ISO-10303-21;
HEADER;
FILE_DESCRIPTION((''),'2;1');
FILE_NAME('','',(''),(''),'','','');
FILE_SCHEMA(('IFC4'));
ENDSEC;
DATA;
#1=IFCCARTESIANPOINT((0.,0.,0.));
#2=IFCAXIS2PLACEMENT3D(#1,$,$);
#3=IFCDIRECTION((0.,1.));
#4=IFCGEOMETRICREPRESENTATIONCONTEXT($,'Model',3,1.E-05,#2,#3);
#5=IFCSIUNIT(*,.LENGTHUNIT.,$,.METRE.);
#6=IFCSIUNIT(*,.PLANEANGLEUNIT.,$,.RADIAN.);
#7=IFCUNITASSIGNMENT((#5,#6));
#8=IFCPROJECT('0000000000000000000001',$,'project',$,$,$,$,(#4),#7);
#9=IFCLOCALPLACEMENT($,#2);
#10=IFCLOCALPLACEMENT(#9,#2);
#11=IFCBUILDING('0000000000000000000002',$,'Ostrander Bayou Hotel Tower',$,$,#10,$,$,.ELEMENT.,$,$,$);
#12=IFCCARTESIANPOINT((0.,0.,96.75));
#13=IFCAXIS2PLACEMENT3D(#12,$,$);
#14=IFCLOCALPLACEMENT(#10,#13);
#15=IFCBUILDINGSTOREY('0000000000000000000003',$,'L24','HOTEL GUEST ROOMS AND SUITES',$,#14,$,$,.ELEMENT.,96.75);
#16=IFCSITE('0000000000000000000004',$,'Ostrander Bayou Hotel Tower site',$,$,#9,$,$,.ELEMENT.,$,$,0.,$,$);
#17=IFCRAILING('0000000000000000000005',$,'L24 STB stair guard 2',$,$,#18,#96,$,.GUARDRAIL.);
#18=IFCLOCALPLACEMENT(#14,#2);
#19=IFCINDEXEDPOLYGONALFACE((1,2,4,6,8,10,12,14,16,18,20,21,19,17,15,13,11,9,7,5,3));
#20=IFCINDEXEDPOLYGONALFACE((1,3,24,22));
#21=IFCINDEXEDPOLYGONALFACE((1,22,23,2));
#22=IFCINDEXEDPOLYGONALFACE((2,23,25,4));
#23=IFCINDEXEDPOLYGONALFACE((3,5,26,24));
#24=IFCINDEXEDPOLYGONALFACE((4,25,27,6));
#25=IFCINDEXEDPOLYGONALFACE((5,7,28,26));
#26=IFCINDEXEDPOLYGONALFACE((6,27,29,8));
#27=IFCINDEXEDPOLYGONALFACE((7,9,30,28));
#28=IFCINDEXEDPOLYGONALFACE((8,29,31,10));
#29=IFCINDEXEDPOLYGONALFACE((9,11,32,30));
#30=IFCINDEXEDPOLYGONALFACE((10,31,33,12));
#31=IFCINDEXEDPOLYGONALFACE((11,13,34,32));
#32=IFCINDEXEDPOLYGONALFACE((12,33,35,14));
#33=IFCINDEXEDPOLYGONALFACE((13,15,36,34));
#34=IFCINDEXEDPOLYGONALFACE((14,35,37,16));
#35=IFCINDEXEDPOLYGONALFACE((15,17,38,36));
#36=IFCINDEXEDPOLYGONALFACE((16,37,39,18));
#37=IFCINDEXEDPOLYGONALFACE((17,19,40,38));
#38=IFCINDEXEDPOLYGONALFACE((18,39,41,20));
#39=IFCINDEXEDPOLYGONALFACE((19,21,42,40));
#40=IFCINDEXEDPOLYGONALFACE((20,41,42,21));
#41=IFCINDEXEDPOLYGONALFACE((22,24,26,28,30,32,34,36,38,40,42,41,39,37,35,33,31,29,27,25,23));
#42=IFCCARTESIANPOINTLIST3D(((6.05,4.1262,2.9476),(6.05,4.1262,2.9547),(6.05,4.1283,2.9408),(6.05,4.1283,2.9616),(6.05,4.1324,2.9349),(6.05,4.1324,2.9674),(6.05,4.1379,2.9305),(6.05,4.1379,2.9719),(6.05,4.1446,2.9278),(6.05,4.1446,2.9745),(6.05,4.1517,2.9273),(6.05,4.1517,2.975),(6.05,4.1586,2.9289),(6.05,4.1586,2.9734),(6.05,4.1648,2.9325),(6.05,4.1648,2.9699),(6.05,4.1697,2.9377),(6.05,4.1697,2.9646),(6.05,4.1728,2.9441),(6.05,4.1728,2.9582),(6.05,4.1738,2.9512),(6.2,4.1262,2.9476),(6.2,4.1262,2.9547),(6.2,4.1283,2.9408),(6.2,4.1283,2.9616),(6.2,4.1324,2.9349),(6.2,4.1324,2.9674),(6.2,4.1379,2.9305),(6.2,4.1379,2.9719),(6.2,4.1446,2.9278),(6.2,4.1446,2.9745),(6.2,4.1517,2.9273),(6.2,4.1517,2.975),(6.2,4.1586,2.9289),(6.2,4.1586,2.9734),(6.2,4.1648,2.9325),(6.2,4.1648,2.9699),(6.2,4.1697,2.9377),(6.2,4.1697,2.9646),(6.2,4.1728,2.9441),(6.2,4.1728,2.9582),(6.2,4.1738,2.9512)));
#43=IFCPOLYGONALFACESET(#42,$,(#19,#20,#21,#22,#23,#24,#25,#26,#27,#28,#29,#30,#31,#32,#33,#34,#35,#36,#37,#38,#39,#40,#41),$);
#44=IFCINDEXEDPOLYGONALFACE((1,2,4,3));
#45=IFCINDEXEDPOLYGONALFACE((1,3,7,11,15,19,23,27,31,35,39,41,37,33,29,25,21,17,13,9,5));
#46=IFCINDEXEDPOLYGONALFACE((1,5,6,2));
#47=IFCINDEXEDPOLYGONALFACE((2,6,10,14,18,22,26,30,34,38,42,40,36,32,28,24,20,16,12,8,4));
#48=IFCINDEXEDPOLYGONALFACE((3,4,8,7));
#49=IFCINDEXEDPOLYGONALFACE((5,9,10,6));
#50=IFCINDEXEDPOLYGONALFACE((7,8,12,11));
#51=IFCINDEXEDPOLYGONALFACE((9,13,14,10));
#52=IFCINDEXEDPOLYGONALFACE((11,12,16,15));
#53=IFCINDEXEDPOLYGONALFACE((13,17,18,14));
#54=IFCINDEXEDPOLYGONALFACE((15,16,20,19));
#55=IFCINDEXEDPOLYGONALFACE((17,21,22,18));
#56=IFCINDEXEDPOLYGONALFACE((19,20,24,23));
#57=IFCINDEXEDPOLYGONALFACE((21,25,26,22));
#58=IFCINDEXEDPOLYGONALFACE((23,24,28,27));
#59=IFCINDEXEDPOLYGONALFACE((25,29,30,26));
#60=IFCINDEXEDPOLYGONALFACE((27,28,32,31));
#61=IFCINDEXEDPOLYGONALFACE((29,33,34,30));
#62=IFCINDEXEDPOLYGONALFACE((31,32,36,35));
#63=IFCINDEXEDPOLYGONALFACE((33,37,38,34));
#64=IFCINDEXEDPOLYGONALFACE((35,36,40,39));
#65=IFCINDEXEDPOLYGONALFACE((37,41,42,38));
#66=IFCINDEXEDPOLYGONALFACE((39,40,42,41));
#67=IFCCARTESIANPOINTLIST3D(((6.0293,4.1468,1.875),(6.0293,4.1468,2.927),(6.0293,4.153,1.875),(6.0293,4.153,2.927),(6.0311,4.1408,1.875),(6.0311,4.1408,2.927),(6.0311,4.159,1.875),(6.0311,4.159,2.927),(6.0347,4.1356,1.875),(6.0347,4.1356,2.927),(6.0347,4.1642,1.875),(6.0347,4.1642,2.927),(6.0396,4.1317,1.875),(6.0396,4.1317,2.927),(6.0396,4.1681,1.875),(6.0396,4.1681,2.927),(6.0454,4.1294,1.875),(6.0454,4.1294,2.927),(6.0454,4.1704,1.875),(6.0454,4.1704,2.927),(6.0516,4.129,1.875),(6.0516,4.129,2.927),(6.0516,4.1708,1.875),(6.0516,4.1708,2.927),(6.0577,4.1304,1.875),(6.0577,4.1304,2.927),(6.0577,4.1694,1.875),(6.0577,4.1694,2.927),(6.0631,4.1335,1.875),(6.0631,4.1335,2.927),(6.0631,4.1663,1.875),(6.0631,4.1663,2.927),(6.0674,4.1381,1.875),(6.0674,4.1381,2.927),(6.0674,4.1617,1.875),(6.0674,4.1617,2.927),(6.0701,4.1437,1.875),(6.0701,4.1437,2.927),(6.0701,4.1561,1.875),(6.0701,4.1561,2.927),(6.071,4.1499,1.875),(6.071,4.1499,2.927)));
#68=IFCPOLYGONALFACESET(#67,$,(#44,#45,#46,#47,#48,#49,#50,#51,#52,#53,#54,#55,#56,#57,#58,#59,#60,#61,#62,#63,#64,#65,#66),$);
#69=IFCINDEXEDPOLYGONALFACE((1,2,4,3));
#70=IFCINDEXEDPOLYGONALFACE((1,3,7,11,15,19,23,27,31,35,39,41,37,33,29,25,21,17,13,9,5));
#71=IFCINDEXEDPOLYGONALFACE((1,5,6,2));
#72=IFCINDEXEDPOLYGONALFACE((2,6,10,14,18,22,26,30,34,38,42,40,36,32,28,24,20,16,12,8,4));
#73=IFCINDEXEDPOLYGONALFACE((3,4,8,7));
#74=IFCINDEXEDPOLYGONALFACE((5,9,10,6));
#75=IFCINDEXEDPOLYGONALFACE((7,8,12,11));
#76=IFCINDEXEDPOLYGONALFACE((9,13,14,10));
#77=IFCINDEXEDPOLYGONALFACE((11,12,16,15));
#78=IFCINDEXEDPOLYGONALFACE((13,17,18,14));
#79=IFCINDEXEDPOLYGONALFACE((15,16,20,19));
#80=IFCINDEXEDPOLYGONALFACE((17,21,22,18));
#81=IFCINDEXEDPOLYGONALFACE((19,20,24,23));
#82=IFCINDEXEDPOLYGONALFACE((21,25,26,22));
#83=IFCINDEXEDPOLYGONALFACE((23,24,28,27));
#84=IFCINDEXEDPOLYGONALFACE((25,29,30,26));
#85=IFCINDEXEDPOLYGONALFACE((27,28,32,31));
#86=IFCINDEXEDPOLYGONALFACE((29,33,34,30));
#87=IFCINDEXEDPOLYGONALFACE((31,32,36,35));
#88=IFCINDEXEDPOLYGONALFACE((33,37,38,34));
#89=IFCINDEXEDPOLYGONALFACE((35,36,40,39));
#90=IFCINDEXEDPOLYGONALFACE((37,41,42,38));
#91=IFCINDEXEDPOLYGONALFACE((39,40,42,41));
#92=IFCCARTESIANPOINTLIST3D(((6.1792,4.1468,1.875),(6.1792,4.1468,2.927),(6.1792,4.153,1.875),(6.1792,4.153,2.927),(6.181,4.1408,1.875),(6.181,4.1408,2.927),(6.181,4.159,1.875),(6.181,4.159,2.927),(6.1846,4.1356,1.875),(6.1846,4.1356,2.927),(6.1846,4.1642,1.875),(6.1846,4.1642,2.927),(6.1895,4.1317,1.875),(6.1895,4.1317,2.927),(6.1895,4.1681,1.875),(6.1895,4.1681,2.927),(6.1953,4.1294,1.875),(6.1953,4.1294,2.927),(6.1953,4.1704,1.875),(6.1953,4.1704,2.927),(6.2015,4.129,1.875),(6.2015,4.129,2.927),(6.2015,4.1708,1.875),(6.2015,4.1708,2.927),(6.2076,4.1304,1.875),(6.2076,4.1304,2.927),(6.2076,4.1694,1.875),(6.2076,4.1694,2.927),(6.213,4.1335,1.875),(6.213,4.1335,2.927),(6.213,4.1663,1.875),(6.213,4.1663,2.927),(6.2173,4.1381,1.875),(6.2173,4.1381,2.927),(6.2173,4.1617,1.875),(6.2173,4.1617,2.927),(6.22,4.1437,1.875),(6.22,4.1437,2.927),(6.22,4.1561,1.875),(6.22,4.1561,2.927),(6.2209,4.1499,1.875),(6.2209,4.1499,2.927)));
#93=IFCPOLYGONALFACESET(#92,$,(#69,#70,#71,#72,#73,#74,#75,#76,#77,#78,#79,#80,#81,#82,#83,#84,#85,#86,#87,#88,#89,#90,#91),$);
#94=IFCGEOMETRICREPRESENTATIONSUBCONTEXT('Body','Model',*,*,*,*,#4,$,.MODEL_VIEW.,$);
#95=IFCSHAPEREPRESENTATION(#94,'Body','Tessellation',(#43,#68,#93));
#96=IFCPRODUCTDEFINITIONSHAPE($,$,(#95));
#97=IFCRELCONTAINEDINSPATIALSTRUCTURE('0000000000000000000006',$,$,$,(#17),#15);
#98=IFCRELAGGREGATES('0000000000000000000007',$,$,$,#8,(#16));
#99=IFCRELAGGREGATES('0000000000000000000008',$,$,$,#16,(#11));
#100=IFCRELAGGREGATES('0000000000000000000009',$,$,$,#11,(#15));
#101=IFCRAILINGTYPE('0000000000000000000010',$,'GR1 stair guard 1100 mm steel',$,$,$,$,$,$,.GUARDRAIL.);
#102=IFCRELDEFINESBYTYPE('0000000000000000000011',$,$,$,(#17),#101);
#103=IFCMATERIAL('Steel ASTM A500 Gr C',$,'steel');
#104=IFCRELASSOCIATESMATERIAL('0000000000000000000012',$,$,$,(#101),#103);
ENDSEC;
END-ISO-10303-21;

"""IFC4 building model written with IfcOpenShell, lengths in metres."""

from ifc_helpers import new_model, si_unit, direction, frame, origin, origin_2d, place, context, subcontext, project, spatial, circle, extrude, material, type_object, element, save


model = new_model("IFC4")

# Units and contexts
model_context = context("Model", 3, precision=1e-05, world=origin(), true_north=direction((0.0, 1.0)))
body_context = subcontext(model_context, "Body", "Model", "MODEL_VIEW")
ifc_project = project(units=[si_unit("LENGTHUNIT", "METRE"), si_unit("PLANEANGLEUNIT", "RADIAN")], contexts=[model_context])

# Site, building, storey
site_placement = place(None, origin())
site = spatial("IfcSite", under=ifc_project, at=site_placement, Name="Ostrander Bayou Hotel Tower site", CompositionType="ELEMENT", RefElevation=0.0)
building_placement = place(site_placement, origin())
building = spatial("IfcBuilding", under=site, at=building_placement, Name="Ostrander Bayou Hotel Tower", CompositionType="ELEMENT")
storey_placement = place(building_placement, frame((0.0, 0.0, 96.75)))
storey = spatial("IfcBuildingStorey", under=building, at=storey_placement, Name="L24", Description="HOTEL GUEST ROOMS AND SUITES", CompositionType="ELEMENT", Elevation=96.75)

# Railing
ifc_material_1 = material(Name="Steel ASTM A500 Gr C", Category="steel")
railing_type = type_object("IfcRailingType", Name="GR1 stair guard 1100 mm steel", PredefinedType="GUARDRAIL", material=ifc_material_1)
railing_1_placement = place(storey_placement, frame((6.05, 4.1499, 1.875)))
element("IfcRailing", 1, at=railing_1_placement, inside=storey, type_object=railing_type, Name="L24 STB stair guard 2", PredefinedType="GUARDRAIL", context=body_context, shape_type="SweptSolid", body=[
    extrude(circle(Radius=0.0239, at=origin_2d()), frame((0.0, 0.0, 1.0762), z_axis=(1.0, 0.0, 0.0), x_axis=(0.0, 1.0, 0.0)), (0.0, 0.0, 1.0), 0.1499),
    extrude(circle(Radius=0.021, at=origin_2d()), origin(), (0.0, 0.0, 1.0), 1.052),
    extrude(circle(Radius=0.021, at=origin_2d()), frame((0.1499, 0.0, 0.0)), (0.0, 0.0, 1.0), 1.052),
])

save(model, "model.ifc")
